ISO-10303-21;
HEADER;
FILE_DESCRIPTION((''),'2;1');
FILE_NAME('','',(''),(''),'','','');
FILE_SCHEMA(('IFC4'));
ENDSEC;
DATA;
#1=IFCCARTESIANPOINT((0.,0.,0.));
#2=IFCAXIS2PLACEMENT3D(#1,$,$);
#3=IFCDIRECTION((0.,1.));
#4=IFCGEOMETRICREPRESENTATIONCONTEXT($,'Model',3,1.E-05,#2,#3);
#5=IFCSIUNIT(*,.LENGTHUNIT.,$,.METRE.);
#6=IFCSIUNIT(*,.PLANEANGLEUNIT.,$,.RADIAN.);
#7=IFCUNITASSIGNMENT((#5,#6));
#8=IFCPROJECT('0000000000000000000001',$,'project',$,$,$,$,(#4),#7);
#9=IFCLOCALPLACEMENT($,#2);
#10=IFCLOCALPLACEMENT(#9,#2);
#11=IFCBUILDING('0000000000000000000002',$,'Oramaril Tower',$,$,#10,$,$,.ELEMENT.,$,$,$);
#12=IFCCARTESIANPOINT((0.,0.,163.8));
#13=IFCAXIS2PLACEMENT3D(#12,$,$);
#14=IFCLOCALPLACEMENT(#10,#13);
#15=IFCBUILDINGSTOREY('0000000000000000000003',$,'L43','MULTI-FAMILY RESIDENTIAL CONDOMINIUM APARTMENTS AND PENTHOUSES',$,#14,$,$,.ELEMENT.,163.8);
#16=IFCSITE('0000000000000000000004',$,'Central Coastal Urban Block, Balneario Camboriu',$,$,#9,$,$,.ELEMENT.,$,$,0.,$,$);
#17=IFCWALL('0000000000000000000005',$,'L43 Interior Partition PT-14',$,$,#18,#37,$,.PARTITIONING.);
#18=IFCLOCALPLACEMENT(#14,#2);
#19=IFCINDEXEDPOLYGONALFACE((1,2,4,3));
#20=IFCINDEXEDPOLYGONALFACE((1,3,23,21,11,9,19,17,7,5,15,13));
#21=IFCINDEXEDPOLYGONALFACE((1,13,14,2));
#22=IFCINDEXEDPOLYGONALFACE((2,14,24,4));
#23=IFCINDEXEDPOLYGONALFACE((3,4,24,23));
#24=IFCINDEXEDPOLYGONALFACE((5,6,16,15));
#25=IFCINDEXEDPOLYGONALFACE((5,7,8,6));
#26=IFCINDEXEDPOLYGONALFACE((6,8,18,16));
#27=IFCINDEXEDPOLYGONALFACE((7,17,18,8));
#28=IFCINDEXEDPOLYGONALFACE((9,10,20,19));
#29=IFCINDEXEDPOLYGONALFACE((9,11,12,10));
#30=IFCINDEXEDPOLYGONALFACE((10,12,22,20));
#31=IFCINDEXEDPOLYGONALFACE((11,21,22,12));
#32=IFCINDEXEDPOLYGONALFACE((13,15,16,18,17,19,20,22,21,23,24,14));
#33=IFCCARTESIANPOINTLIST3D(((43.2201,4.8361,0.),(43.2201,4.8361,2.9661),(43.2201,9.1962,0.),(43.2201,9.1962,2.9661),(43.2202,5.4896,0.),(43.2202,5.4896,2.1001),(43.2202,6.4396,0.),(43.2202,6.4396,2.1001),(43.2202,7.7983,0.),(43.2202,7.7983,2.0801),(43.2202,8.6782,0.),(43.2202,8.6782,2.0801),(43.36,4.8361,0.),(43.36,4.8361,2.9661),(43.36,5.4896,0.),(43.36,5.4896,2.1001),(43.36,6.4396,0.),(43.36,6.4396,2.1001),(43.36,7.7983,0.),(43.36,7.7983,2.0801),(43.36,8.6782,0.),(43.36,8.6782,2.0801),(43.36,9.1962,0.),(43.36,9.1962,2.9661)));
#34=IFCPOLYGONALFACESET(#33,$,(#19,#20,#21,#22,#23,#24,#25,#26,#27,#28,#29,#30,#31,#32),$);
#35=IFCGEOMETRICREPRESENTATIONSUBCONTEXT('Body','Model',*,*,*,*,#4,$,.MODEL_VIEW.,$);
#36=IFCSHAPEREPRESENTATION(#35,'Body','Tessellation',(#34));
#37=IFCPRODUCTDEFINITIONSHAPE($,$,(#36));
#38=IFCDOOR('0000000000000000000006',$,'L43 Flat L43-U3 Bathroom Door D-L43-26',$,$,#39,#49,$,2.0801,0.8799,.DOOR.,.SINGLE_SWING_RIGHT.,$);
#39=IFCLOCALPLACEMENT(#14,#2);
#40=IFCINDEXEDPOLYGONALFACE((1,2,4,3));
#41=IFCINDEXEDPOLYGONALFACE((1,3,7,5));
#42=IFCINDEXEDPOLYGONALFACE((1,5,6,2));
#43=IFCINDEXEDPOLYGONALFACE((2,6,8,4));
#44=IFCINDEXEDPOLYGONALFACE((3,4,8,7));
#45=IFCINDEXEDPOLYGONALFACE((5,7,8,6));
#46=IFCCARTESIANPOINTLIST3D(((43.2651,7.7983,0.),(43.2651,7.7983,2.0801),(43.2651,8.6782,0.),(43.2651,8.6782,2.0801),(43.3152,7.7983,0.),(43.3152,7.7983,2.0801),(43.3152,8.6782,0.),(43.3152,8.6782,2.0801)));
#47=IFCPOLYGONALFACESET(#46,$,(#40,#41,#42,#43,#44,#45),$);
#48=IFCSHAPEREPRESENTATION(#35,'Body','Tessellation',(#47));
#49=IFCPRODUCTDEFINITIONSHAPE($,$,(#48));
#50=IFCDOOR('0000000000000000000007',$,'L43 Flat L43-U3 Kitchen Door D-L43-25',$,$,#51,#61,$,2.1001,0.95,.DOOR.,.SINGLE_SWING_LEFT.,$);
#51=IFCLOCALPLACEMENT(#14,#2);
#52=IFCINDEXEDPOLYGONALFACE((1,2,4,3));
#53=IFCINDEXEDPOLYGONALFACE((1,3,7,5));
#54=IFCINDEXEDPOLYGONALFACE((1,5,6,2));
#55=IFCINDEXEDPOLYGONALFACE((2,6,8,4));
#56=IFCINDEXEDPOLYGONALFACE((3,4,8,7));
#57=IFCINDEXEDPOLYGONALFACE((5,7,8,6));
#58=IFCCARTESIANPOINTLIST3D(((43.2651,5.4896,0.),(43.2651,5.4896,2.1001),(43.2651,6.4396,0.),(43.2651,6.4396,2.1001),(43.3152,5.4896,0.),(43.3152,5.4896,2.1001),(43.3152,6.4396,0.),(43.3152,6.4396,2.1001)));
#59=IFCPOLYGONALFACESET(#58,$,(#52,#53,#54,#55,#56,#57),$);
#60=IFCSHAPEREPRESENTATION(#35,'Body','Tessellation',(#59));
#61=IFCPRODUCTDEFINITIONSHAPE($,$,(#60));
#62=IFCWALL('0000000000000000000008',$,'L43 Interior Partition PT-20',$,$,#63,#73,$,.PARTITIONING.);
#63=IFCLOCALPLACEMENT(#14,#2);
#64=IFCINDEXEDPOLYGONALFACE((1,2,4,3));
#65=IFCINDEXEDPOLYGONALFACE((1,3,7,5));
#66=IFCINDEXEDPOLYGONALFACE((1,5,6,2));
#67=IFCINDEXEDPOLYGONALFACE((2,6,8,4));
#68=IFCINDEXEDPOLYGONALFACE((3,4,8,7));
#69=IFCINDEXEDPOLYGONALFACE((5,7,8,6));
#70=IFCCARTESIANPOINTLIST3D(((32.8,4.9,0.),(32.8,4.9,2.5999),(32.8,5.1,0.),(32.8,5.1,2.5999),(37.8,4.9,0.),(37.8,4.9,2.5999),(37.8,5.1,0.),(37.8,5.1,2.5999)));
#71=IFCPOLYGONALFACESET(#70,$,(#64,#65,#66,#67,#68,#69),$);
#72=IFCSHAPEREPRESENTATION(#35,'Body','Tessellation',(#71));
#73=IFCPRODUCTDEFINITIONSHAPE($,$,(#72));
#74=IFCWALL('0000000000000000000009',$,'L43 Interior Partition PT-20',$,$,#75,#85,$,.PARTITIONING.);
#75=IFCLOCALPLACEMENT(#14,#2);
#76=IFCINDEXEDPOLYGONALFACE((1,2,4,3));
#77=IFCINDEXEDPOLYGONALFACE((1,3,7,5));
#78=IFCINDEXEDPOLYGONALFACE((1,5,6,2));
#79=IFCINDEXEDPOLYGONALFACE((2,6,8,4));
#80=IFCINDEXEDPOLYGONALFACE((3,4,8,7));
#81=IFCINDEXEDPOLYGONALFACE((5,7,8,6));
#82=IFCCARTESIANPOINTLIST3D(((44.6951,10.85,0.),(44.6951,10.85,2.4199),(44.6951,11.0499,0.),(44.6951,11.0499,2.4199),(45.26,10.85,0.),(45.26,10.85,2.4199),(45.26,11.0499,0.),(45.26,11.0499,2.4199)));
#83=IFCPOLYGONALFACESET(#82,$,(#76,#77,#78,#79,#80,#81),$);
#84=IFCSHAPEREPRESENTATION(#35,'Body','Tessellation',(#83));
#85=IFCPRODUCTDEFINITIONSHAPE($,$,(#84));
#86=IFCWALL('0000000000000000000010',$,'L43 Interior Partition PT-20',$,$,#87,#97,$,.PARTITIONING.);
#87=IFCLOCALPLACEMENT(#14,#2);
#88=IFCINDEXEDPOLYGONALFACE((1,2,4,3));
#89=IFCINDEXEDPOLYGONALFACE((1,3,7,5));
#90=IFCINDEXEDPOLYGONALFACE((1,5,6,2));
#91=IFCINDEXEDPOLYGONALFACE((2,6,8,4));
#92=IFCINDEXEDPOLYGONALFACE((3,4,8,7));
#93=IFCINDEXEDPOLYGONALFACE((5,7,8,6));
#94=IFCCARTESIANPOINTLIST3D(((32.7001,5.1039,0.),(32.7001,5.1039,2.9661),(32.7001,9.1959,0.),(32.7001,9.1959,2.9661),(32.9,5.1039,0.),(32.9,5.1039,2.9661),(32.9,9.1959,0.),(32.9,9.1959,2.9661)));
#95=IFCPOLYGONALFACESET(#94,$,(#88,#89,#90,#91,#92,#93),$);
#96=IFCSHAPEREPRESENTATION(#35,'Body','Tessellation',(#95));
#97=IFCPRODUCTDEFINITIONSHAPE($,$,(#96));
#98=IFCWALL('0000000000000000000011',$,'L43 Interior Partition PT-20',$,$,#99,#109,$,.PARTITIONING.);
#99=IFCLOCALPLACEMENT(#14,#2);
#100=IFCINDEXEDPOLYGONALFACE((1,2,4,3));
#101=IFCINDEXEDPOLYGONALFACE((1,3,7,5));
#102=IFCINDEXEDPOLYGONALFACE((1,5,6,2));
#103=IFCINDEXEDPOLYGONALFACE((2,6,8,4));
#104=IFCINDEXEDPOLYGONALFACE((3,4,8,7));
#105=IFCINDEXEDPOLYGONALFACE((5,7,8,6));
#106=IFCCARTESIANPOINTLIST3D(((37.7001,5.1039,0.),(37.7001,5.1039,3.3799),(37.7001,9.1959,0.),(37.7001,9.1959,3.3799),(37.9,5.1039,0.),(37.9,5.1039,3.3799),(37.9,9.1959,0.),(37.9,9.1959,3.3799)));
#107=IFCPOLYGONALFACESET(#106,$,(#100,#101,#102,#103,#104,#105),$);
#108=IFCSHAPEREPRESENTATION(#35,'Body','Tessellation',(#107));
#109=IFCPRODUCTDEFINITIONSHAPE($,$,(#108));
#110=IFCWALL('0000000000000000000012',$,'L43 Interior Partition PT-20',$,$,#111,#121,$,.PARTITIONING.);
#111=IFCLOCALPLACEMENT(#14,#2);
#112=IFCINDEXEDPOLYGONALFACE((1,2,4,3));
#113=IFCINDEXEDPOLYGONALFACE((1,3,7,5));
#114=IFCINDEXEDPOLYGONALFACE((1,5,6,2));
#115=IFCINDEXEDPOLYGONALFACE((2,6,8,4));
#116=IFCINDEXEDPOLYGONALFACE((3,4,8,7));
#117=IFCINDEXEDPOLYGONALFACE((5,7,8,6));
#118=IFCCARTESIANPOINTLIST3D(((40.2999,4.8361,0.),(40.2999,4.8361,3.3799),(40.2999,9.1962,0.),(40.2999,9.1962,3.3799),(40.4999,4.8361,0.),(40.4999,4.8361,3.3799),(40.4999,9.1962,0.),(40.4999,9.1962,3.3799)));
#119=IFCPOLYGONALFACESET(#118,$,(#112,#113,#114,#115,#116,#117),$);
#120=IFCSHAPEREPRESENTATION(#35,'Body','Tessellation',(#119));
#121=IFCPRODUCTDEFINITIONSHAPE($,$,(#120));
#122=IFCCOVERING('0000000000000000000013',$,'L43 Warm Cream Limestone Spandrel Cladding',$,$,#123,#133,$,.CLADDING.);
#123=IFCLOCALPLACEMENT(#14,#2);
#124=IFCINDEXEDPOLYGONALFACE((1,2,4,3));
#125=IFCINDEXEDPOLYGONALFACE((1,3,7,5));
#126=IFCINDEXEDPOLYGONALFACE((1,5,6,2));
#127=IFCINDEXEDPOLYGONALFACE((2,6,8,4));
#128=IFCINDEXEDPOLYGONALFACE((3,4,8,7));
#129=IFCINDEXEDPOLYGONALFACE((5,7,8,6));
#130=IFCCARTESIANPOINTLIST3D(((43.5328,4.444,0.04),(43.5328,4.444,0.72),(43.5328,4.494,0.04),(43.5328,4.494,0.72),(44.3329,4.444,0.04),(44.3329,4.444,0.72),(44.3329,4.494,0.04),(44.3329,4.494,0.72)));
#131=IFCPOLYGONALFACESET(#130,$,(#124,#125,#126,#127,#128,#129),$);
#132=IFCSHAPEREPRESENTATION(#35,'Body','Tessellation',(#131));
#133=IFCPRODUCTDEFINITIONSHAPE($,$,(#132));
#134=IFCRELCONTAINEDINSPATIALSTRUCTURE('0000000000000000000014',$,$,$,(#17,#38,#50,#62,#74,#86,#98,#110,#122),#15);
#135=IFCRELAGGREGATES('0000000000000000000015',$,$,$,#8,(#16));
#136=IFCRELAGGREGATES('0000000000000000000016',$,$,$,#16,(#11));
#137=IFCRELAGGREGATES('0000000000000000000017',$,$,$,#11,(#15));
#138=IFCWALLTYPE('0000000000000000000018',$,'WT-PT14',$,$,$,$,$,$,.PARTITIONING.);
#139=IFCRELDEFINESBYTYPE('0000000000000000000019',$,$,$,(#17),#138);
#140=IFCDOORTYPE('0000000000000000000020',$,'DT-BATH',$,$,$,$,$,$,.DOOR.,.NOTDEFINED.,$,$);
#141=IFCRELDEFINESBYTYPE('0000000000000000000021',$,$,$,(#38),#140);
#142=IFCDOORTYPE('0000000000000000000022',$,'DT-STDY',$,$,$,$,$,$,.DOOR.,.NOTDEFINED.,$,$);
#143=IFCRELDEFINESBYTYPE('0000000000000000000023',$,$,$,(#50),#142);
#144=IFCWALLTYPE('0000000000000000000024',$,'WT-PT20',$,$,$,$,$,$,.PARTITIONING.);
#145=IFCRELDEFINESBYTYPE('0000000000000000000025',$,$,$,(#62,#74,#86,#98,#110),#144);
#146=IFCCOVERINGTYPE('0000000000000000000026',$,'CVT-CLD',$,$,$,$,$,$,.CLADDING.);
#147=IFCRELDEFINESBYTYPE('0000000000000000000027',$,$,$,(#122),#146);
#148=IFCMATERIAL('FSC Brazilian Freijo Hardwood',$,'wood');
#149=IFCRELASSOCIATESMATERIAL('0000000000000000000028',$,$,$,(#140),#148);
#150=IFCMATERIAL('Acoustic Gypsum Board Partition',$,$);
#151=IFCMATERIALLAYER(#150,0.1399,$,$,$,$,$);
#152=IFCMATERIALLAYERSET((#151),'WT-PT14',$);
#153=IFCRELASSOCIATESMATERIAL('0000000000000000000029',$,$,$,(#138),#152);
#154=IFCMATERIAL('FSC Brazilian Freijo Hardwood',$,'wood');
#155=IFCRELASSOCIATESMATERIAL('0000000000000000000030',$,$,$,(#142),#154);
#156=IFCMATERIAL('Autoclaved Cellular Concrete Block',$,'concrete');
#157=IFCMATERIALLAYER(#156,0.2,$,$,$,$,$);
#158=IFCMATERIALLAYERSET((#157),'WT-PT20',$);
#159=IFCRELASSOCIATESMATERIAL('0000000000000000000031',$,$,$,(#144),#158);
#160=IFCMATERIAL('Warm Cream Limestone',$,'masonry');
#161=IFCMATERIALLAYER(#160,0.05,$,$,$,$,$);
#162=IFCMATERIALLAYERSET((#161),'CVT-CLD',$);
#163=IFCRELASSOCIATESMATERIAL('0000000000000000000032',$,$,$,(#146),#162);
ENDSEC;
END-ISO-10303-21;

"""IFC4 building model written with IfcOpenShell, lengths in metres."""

from ifc_helpers import new_model, si_unit, direction, frame, frame_2d, origin, origin_2d, place, context, subcontext, project, spatial, rectangle, extrude, material, layer, layer_set, type_object, element, fill, save


model = new_model("IFC4")

# Units and contexts
model_context = context("Model", 3, precision=1e-05, world=origin(), true_north=direction((0.0, 1.0)))
body_context = subcontext(model_context, "Body", "Model", "MODEL_VIEW")
ifc_project = project(units=[si_unit("LENGTHUNIT", "METRE"), si_unit("PLANEANGLEUNIT", "RADIAN")], contexts=[model_context])

# Site, building, storey
site_placement = place(None, origin())
site = spatial("IfcSite", under=ifc_project, at=site_placement, Name="Central Coastal Urban Block, Balneario Camboriu", CompositionType="ELEMENT", RefElevation=0.0)
building_placement = place(site_placement, origin())
building = spatial("IfcBuilding", under=site, at=building_placement, Name="Oramaril Tower", CompositionType="ELEMENT")
storey_placement = place(building_placement, frame((0.0, 0.0, 163.8)))
storey = spatial("IfcBuildingStorey", under=building, at=storey_placement, Name="L43", Description="MULTI-FAMILY RESIDENTIAL CONDOMINIUM APARTMENTS AND PENTHOUSES", CompositionType="ELEMENT", Elevation=163.8)

# Shared definitions
ifc_material_1 = material(Name="FSC Brazilian Freijo Hardwood", Category="wood")
door_type_1 = type_object("IfcDoorType", Name="DT-BATH", OperationType="NOTDEFINED", PredefinedType="DOOR", material=ifc_material_1)

# Wall, openings, doors
ifc_material_2 = material(Name="Acoustic Gypsum Board Partition")
ifc_layer_1 = layer(ifc_material_2, 0.1399)
ifc_layer_set_1 = layer_set([ifc_layer_1], Name="WT-PT14")
wall_type_1 = type_object("IfcWallType", Name="WT-PT14", PredefinedType="PARTITIONING", material=ifc_layer_set_1)
wall_1_placement = place(storey_placement, frame((43.29, 4.8359, 0.0), z_axis=(0.0, 0.0, 1.0), x_axis=(0.0, 1.0, 0.0)))
wall_1 = element("IfcWall", 1, at=wall_1_placement, inside=storey, type_object=wall_type_1, Name="L43 Interior Partition PT-14", PredefinedType="PARTITIONING", context=body_context, shape_type="SweptSolid", body=[
    extrude(rectangle(XDim=4.3601, YDim=0.1399, at=frame_2d((2.1802, 0.0))), origin(), (0.0, 0.0, 1.0), 2.9661),
])
opening_1_placement = place(wall_1_placement, frame((0.6536, 0.0, 0.0)))
opening_1 = element("IfcOpeningElement", 2, at=opening_1_placement, cuts=wall_1, PredefinedType="OPENING", context=body_context, shape_type="SweptSolid", body=[
    extrude(rectangle(XDim=0.95, YDim=2.1001, at=frame_2d((0.4751, 1.05))), frame((0.0, 0.0698, 0.0), z_axis=(0.0, -1.0, 0.0), x_axis=(1.0, 0.0, 0.0)), (0.0, 0.0, 1.0), 0.1399),
])
opening_2_placement = place(wall_1_placement, frame((2.9624, 0.0, 0.0)))
opening_2 = element("IfcOpeningElement", 3, at=opening_2_placement, cuts=wall_1, PredefinedType="OPENING", context=body_context, shape_type="SweptSolid", body=[
    extrude(rectangle(XDim=0.8799, YDim=2.0801, at=frame_2d((0.4399, 1.04))), frame((0.0, 0.0698, 0.0), z_axis=(0.0, -1.0, 0.0), x_axis=(1.0, 0.0, 0.0)), (0.0, 0.0, 1.0), 0.1399),
])
door_1_placement = place(opening_2_placement, origin())
door_1 = element("IfcDoor", 4, at=door_1_placement, inside=storey, type_object=door_type_1, Name="L43 Flat L43-U3 Bathroom Door D-L43-26", OperationType="SINGLE_SWING_RIGHT", OverallHeight=2.0801, OverallWidth=0.8799, PredefinedType="DOOR", context=body_context, shape_type="SweptSolid", body=[
    extrude(rectangle(XDim=0.8799, YDim=2.0801, at=frame_2d((0.4399, 1.04))), frame((0.0, 0.0249, 0.0), z_axis=(0.0, -1.0, 0.0), x_axis=(1.0, 0.0, 0.0)), (0.0, 0.0, 1.0), 0.05),
])
fill(opening_2, door_1)
ifc_material_3 = material(Name="FSC Brazilian Freijo Hardwood", Category="wood")
door_type_2 = type_object("IfcDoorType", Name="DT-STDY", OperationType="NOTDEFINED", PredefinedType="DOOR", material=ifc_material_3)
door_2_placement = place(opening_1_placement, origin())
door_2 = element("IfcDoor", 5, at=door_2_placement, inside=storey, type_object=door_type_2, Name="L43 Flat L43-U3 Kitchen Door D-L43-25", OperationType="SINGLE_SWING_LEFT", OverallHeight=2.1001, OverallWidth=0.95, PredefinedType="DOOR", context=body_context, shape_type="SweptSolid", body=[
    extrude(rectangle(XDim=0.95, YDim=2.1001, at=frame_2d((0.4751, 1.05))), frame((0.0, 0.0249, 0.0), z_axis=(0.0, -1.0, 0.0), x_axis=(1.0, 0.0, 0.0)), (0.0, 0.0, 1.0), 0.05),
])
fill(opening_1, door_2)

# Walls
ifc_material_4 = material(Name="Autoclaved Cellular Concrete Block", Category="concrete")
ifc_layer_2 = layer(ifc_material_4, 0.2)
ifc_layer_set_2 = layer_set([ifc_layer_2], Name="WT-PT20")
wall_type_2 = type_object("IfcWallType", Name="WT-PT20", PredefinedType="PARTITIONING", material=ifc_layer_set_2)
wall_2_placement = place(storey_placement, frame((32.8, 5.0, 0.0), z_axis=(0.0, 0.0, 1.0), x_axis=(1.0, 0.0, 0.0)))
element("IfcWall", 6, at=wall_2_placement, inside=storey, type_object=wall_type_2, Name="L43 Interior Partition PT-20", PredefinedType="PARTITIONING", context=body_context, shape_type="SweptSolid", body=[
    extrude(rectangle(XDim=5.0, YDim=0.2, at=frame_2d((2.5, 0.0))), origin(), (0.0, 0.0, 1.0), 2.5999),
])
wall_3_placement = place(storey_placement, frame((44.6951, 10.95, 0.0), z_axis=(0.0, 0.0, 1.0), x_axis=(1.0, 0.0, 0.0)))
element("IfcWall", 7, at=wall_3_placement, inside=storey, type_object=wall_type_2, Name="L43 Interior Partition PT-20", PredefinedType="PARTITIONING", context=body_context, shape_type="SweptSolid", body=[
    extrude(rectangle(XDim=0.5649, YDim=0.2, at=frame_2d((0.2825, 0.0))), origin(), (0.0, 0.0, 1.0), 2.4199),
])
wall_4_placement = place(storey_placement, frame((32.8, 5.104, 0.0), z_axis=(0.0, 0.0, 1.0), x_axis=(0.0, 1.0, 0.0)))
element("IfcWall", 8, at=wall_4_placement, inside=storey, type_object=wall_type_2, Name="L43 Interior Partition PT-20", PredefinedType="PARTITIONING", context=body_context, shape_type="SweptSolid", body=[
    extrude(rectangle(XDim=4.092, YDim=0.2, at=frame_2d((2.0459, 0.0))), origin(), (0.0, 0.0, 1.0), 2.9661),
])
wall_5_placement = place(storey_placement, frame((37.8, 5.104, 0.0), z_axis=(0.0, 0.0, 1.0), x_axis=(0.0, 1.0, 0.0)))
element("IfcWall", 9, at=wall_5_placement, inside=storey, type_object=wall_type_2, Name="L43 Interior Partition PT-20", PredefinedType="PARTITIONING", context=body_context, shape_type="SweptSolid", body=[
    extrude(rectangle(XDim=4.092, YDim=0.2, at=frame_2d((2.0459, 0.0))), origin(), (0.0, 0.0, 1.0), 3.3799),
])
wall_6_placement = place(storey_placement, frame((40.3999, 4.8359, 0.0), z_axis=(0.0, 0.0, 1.0), x_axis=(0.0, 1.0, 0.0)))
element("IfcWall", 10, at=wall_6_placement, inside=storey, type_object=wall_type_2, Name="L43 Interior Partition PT-20", PredefinedType="PARTITIONING", context=body_context, shape_type="SweptSolid", body=[
    extrude(rectangle(XDim=4.3601, YDim=0.2, at=frame_2d((2.1802, 0.0))), origin(), (0.0, 0.0, 1.0), 3.3799),
])

# Covering
ifc_material_5 = material(Name="Warm Cream Limestone", Category="masonry")
ifc_layer_3 = layer(ifc_material_5, 0.05)
ifc_layer_set_3 = layer_set([ifc_layer_3], Name="CVT-CLD")
covering_type = type_object("IfcCoveringType", Name="CVT-CLD", PredefinedType="CLADDING", material=ifc_layer_set_3)
covering_placement = place(storey_placement, frame((43.9329, 4.469, 0.04), z_axis=(0.0, 0.0, 1.0), x_axis=(1.0, 0.0, 0.0)))
element("IfcCovering", 11, at=covering_placement, inside=storey, type_object=covering_type, Name="L43 Warm Cream Limestone Spandrel Cladding", PredefinedType="CLADDING", context=body_context, shape_type="SweptSolid", body=[
    extrude(rectangle(XDim=0.8, YDim=0.05, at=origin_2d()), origin(), (0.0, 0.0, 1.0), 0.6799),
])

save(model, "model.ifc")
